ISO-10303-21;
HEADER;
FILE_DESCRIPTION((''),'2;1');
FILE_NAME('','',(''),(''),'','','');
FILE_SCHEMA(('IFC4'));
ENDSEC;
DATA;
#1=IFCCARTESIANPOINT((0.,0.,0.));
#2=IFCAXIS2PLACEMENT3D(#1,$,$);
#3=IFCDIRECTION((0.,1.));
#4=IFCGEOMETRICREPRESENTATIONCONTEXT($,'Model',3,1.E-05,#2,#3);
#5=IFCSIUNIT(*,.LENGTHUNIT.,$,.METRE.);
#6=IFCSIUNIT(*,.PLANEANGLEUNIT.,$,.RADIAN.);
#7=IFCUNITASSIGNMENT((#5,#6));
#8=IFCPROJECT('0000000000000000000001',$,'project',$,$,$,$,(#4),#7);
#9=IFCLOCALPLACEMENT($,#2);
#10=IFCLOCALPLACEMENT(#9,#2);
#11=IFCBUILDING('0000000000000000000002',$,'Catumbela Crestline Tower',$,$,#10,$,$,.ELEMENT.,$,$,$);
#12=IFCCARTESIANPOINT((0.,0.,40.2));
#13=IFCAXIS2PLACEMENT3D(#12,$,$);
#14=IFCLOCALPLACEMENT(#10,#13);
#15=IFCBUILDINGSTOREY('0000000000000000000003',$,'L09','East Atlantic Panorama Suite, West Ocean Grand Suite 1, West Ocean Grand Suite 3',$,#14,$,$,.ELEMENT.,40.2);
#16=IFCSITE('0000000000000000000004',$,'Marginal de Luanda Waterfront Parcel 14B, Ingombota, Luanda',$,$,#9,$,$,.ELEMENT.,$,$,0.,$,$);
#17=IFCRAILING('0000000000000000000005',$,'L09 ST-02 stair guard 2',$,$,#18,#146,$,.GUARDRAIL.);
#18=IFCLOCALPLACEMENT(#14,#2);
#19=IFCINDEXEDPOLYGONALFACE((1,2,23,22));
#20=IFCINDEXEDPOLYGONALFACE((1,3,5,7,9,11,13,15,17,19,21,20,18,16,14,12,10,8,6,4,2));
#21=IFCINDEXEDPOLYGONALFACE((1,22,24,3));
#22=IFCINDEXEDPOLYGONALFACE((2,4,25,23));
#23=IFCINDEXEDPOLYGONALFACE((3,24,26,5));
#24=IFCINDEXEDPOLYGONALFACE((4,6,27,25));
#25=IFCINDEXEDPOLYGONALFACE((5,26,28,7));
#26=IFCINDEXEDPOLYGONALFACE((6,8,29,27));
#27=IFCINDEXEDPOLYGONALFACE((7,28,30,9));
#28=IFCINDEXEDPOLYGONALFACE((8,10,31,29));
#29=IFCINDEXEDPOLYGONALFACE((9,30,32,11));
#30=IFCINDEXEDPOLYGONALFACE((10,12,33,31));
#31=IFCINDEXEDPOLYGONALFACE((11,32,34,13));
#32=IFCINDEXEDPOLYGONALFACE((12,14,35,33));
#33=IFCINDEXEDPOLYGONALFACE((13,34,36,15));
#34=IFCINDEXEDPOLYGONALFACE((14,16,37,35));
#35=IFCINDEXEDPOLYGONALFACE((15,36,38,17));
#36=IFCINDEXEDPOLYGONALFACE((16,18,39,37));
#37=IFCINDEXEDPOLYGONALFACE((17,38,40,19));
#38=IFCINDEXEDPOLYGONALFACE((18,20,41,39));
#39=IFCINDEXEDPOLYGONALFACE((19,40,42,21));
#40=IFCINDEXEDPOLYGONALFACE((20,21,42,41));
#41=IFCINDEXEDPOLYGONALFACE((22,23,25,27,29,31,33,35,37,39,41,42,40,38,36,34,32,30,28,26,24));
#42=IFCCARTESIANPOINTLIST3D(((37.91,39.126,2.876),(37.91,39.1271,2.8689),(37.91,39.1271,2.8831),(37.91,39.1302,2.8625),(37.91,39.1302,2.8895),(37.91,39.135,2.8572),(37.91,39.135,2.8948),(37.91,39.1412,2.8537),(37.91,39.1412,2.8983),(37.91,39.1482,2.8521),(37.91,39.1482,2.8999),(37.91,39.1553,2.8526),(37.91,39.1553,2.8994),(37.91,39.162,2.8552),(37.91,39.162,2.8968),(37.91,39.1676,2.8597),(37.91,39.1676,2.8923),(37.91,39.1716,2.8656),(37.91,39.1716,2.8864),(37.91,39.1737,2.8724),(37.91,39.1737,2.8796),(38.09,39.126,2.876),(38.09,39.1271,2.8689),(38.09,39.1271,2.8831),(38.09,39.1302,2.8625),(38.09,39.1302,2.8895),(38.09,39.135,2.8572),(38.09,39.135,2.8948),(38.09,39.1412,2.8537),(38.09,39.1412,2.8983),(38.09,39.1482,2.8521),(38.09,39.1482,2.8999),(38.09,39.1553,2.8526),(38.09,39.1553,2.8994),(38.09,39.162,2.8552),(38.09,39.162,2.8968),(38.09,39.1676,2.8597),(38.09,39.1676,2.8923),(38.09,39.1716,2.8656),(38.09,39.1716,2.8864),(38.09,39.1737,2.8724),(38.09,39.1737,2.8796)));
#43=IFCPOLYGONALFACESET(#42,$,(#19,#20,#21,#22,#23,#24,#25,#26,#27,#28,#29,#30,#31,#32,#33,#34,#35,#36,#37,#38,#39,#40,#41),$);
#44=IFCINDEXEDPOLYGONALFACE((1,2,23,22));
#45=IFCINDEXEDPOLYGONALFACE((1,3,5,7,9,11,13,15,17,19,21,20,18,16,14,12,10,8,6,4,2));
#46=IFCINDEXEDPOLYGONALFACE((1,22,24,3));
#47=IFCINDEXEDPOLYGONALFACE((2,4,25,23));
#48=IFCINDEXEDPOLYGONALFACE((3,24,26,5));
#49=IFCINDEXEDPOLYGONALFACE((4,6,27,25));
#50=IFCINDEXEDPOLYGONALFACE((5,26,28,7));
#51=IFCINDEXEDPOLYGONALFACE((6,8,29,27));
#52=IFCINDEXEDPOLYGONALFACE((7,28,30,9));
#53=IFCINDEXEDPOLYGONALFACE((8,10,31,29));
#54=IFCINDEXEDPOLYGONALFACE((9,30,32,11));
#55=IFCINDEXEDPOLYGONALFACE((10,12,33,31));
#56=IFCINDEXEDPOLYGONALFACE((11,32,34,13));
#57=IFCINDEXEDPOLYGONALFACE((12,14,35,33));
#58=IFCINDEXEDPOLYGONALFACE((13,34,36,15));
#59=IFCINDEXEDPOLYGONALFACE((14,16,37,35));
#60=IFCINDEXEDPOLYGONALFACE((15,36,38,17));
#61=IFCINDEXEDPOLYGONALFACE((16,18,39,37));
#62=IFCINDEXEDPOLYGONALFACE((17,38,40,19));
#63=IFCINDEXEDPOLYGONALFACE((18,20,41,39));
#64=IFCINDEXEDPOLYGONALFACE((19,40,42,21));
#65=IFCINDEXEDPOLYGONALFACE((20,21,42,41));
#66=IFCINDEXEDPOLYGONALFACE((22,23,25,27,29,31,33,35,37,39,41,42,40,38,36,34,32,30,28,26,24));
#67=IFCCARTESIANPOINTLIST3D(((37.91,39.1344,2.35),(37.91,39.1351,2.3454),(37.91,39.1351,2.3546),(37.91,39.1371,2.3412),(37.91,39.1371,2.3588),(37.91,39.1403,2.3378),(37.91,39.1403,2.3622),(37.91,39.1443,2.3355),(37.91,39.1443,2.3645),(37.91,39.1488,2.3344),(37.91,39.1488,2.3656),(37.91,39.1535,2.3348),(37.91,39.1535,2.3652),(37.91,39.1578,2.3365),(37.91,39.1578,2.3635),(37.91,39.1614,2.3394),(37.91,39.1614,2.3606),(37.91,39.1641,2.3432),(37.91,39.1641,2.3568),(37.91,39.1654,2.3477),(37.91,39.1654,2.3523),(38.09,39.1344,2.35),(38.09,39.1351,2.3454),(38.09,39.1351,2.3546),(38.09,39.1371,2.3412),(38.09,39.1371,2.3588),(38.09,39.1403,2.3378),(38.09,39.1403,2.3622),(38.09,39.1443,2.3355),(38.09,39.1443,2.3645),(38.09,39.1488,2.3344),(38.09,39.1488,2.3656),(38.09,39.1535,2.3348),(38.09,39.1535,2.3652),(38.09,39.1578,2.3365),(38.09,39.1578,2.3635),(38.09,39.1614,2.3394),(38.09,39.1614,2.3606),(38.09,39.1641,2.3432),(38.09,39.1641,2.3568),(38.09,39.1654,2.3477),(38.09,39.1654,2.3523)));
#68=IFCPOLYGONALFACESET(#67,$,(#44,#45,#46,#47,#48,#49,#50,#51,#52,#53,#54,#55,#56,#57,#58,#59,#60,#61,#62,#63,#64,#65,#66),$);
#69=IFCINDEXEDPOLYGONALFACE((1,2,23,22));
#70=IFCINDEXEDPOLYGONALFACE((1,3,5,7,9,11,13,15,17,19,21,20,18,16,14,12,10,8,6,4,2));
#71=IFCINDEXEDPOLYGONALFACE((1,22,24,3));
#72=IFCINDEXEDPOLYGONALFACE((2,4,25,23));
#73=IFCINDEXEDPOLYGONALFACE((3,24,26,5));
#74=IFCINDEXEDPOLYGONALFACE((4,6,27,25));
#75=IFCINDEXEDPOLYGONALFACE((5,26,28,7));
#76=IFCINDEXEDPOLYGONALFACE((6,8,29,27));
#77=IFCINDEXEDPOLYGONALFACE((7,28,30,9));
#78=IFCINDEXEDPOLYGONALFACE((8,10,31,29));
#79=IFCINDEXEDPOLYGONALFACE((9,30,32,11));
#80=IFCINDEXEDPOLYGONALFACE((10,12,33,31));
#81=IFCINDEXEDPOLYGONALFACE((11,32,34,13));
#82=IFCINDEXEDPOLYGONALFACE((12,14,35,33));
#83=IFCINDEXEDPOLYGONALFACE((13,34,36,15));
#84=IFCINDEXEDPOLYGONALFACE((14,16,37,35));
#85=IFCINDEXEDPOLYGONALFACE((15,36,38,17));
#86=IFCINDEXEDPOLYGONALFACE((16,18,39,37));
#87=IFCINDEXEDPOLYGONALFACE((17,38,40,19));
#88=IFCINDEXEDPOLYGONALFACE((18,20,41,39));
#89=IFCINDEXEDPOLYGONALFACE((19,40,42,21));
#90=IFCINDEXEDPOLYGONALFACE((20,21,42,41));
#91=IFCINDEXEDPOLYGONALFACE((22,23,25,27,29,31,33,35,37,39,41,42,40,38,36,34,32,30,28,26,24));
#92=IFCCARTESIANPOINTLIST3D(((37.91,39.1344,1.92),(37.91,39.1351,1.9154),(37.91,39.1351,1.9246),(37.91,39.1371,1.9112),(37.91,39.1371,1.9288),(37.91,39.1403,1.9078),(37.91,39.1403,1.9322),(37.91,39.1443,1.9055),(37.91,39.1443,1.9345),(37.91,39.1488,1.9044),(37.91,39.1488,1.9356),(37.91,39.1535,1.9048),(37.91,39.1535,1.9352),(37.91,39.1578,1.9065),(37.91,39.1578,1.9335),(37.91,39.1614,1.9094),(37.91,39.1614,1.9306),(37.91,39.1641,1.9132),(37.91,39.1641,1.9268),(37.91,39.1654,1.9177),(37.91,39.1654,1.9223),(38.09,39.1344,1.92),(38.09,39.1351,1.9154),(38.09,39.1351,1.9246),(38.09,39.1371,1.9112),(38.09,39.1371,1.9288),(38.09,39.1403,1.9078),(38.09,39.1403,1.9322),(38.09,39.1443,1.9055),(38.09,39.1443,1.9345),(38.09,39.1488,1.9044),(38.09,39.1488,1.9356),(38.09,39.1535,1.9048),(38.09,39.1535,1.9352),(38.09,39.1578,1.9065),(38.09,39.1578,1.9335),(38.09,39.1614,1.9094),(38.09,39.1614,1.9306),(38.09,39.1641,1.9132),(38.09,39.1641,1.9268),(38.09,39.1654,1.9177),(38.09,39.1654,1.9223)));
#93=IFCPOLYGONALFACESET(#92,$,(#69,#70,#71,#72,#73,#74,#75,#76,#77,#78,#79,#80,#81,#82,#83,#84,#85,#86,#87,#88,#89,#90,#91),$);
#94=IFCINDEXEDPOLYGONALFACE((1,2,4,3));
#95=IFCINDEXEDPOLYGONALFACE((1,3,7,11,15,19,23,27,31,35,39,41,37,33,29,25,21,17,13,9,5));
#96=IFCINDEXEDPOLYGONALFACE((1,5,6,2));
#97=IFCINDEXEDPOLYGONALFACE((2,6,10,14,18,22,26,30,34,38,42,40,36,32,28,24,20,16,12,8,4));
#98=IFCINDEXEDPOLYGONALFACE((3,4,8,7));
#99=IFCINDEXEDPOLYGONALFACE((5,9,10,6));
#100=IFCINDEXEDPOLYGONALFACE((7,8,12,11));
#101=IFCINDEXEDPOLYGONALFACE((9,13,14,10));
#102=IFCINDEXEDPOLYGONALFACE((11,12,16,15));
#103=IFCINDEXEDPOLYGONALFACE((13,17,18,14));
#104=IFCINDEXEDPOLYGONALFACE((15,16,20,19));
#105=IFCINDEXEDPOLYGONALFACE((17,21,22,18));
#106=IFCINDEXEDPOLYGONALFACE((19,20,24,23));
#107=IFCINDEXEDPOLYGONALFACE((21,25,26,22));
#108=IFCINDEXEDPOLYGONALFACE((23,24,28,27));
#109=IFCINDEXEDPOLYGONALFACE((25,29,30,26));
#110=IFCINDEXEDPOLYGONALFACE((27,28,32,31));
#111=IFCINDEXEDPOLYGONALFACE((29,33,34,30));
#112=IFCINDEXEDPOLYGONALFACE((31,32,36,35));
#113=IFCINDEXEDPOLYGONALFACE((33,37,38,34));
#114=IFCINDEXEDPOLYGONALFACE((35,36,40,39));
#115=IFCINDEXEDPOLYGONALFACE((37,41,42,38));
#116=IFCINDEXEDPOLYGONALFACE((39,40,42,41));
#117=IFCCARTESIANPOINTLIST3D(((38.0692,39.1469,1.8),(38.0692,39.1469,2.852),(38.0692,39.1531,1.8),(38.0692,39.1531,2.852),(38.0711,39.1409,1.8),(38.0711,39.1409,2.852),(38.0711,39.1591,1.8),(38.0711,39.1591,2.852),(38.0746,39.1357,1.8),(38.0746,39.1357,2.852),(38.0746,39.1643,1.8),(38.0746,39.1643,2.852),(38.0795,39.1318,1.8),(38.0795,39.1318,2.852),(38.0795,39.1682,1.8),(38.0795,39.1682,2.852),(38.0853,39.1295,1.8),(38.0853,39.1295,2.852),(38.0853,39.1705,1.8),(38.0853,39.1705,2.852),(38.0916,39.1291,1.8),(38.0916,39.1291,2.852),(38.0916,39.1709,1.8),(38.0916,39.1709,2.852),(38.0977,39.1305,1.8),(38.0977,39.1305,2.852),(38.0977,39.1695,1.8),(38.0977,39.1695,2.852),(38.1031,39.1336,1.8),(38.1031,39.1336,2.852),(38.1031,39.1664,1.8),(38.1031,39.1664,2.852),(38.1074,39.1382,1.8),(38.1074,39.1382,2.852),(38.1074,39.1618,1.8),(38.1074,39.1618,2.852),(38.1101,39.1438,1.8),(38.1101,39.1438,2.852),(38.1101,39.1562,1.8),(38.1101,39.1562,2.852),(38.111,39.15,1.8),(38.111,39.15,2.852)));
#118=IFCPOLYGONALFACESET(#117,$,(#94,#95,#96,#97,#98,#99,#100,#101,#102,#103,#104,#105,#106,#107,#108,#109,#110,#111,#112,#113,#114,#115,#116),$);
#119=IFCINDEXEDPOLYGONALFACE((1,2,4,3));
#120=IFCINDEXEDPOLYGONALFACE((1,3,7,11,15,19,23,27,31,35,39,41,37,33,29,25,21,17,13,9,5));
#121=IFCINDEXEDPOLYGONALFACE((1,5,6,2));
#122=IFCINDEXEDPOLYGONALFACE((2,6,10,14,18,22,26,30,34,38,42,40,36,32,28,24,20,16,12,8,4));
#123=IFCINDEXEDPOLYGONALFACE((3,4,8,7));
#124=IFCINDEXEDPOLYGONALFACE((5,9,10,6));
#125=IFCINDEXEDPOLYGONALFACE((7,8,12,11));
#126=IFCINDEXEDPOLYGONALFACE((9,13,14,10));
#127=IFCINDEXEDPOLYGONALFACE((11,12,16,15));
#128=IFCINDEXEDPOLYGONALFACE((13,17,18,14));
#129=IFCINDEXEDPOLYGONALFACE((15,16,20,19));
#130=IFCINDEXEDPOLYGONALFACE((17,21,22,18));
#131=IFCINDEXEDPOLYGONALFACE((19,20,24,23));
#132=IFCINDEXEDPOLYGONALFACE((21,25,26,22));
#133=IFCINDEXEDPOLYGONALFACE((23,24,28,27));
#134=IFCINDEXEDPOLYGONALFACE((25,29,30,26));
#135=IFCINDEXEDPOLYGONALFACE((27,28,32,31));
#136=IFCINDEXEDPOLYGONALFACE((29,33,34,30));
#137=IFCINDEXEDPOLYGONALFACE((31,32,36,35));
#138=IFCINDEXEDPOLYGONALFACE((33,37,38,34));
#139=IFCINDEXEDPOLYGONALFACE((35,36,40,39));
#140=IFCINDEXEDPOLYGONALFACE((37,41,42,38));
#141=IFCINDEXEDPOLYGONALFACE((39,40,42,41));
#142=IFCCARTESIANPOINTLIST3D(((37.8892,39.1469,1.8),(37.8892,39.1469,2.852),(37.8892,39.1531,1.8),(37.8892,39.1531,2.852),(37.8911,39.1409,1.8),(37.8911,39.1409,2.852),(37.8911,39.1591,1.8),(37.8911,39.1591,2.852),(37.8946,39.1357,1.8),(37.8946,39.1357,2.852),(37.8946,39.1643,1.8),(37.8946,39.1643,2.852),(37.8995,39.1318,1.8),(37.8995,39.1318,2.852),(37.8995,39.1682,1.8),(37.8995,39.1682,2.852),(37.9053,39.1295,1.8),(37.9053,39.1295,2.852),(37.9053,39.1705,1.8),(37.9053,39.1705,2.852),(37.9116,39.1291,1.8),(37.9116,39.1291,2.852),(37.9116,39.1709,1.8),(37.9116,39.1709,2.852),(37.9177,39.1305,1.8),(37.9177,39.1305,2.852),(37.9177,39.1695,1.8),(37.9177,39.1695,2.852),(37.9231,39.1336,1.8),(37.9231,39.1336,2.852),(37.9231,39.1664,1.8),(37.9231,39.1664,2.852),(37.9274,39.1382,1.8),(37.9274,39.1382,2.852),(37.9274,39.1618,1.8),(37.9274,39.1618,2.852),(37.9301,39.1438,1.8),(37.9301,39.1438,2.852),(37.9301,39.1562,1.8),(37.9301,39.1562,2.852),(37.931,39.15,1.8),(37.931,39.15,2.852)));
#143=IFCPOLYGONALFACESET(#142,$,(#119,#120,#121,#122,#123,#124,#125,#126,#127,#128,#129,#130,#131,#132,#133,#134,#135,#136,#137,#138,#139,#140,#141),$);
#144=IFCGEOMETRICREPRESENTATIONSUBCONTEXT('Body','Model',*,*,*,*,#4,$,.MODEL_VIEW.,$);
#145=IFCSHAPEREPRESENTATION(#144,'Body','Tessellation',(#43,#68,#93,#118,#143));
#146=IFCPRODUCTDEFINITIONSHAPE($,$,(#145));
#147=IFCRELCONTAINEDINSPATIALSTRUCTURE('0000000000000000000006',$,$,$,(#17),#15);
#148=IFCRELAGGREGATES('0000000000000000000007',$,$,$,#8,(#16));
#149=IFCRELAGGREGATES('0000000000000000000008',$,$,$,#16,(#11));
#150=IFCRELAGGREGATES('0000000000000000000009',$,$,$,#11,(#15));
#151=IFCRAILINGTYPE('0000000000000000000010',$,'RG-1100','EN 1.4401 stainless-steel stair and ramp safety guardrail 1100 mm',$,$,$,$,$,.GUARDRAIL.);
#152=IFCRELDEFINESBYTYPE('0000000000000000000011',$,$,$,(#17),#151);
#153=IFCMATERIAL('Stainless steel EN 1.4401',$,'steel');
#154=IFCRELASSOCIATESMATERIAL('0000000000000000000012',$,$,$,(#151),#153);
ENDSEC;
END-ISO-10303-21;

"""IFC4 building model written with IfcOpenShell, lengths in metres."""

from ifc_helpers import new_model, si_unit, direction, frame, origin, origin_2d, place, context, subcontext, project, spatial, circle, extrude, material, type_object, element, save


model = new_model("IFC4")

# Units and contexts
model_context = context("Model", 3, precision=1e-05, world=origin(), true_north=direction((0.0, 1.0)))
body_context = subcontext(model_context, "Body", "Model", "MODEL_VIEW")
ifc_project = project(units=[si_unit("LENGTHUNIT", "METRE"), si_unit("PLANEANGLEUNIT", "RADIAN")], contexts=[model_context])

# Site, building, storey
site_placement = place(None, origin())
site = spatial("IfcSite", under=ifc_project, at=site_placement, Name="Marginal de Luanda Waterfront Parcel 14B, Ingombota, Luanda", CompositionType="ELEMENT", RefElevation=0.0)
building_placement = place(site_placement, origin())
building = spatial("IfcBuilding", under=site, at=building_placement, Name="Catumbela Crestline Tower", CompositionType="ELEMENT")
storey_placement = place(building_placement, frame((0.0, 0.0, 40.2)))
storey = spatial("IfcBuildingStorey", under=building, at=storey_placement, Name="L09", Description="East Atlantic Panorama Suite, West Ocean Grand Suite 1, West Ocean Grand Suite 3", CompositionType="ELEMENT", Elevation=40.2)

# Shared definitions
ifc_material_1 = material(Name="Stainless steel EN 1.4401", Category="steel")

# Railing
railing_type_1 = type_object("IfcRailingType", Name="RG-1100", Description="EN 1.4401 stainless-steel stair and ramp safety guardrail 1100 mm", PredefinedType="GUARDRAIL", material=ifc_material_1)
railing_1_placement = place(storey_placement, frame((38.09, 39.15, 1.8)))
element("IfcRailing", 1, at=railing_1_placement, inside=storey, type_object=railing_type_1, Name="L09 ST-02 stair guard 2", PredefinedType="GUARDRAIL", context=body_context, shape_type="SweptSolid", body=[
    extrude(circle(Radius=0.024, at=origin_2d()), frame((0.0, 0.0, 1.076), z_axis=(-1.0, 0.0, 0.0), x_axis=(0.0, -1.0, 0.0)), (0.0, 0.0, 1.0), 0.18),
    extrude(circle(Radius=0.0156, at=origin_2d()), frame((0.0, 0.0, 0.55), z_axis=(-1.0, 0.0, 0.0), x_axis=(0.0, -1.0, 0.0)), (0.0, 0.0, 1.0), 0.18),
    extrude(circle(Radius=0.0156, at=origin_2d()), frame((0.0, 0.0, 0.12), z_axis=(-1.0, 0.0, 0.0), x_axis=(0.0, -1.0, 0.0)), (0.0, 0.0, 1.0), 0.18),
    extrude(circle(Radius=0.021, at=origin_2d()), origin(), (0.0, 0.0, 1.0), 1.052),
    extrude(circle(Radius=0.021, at=origin_2d()), frame((-0.18, 0.0, 0.0)), (0.0, 0.0, 1.0), 1.052),
])

save(model, "model.ifc")
